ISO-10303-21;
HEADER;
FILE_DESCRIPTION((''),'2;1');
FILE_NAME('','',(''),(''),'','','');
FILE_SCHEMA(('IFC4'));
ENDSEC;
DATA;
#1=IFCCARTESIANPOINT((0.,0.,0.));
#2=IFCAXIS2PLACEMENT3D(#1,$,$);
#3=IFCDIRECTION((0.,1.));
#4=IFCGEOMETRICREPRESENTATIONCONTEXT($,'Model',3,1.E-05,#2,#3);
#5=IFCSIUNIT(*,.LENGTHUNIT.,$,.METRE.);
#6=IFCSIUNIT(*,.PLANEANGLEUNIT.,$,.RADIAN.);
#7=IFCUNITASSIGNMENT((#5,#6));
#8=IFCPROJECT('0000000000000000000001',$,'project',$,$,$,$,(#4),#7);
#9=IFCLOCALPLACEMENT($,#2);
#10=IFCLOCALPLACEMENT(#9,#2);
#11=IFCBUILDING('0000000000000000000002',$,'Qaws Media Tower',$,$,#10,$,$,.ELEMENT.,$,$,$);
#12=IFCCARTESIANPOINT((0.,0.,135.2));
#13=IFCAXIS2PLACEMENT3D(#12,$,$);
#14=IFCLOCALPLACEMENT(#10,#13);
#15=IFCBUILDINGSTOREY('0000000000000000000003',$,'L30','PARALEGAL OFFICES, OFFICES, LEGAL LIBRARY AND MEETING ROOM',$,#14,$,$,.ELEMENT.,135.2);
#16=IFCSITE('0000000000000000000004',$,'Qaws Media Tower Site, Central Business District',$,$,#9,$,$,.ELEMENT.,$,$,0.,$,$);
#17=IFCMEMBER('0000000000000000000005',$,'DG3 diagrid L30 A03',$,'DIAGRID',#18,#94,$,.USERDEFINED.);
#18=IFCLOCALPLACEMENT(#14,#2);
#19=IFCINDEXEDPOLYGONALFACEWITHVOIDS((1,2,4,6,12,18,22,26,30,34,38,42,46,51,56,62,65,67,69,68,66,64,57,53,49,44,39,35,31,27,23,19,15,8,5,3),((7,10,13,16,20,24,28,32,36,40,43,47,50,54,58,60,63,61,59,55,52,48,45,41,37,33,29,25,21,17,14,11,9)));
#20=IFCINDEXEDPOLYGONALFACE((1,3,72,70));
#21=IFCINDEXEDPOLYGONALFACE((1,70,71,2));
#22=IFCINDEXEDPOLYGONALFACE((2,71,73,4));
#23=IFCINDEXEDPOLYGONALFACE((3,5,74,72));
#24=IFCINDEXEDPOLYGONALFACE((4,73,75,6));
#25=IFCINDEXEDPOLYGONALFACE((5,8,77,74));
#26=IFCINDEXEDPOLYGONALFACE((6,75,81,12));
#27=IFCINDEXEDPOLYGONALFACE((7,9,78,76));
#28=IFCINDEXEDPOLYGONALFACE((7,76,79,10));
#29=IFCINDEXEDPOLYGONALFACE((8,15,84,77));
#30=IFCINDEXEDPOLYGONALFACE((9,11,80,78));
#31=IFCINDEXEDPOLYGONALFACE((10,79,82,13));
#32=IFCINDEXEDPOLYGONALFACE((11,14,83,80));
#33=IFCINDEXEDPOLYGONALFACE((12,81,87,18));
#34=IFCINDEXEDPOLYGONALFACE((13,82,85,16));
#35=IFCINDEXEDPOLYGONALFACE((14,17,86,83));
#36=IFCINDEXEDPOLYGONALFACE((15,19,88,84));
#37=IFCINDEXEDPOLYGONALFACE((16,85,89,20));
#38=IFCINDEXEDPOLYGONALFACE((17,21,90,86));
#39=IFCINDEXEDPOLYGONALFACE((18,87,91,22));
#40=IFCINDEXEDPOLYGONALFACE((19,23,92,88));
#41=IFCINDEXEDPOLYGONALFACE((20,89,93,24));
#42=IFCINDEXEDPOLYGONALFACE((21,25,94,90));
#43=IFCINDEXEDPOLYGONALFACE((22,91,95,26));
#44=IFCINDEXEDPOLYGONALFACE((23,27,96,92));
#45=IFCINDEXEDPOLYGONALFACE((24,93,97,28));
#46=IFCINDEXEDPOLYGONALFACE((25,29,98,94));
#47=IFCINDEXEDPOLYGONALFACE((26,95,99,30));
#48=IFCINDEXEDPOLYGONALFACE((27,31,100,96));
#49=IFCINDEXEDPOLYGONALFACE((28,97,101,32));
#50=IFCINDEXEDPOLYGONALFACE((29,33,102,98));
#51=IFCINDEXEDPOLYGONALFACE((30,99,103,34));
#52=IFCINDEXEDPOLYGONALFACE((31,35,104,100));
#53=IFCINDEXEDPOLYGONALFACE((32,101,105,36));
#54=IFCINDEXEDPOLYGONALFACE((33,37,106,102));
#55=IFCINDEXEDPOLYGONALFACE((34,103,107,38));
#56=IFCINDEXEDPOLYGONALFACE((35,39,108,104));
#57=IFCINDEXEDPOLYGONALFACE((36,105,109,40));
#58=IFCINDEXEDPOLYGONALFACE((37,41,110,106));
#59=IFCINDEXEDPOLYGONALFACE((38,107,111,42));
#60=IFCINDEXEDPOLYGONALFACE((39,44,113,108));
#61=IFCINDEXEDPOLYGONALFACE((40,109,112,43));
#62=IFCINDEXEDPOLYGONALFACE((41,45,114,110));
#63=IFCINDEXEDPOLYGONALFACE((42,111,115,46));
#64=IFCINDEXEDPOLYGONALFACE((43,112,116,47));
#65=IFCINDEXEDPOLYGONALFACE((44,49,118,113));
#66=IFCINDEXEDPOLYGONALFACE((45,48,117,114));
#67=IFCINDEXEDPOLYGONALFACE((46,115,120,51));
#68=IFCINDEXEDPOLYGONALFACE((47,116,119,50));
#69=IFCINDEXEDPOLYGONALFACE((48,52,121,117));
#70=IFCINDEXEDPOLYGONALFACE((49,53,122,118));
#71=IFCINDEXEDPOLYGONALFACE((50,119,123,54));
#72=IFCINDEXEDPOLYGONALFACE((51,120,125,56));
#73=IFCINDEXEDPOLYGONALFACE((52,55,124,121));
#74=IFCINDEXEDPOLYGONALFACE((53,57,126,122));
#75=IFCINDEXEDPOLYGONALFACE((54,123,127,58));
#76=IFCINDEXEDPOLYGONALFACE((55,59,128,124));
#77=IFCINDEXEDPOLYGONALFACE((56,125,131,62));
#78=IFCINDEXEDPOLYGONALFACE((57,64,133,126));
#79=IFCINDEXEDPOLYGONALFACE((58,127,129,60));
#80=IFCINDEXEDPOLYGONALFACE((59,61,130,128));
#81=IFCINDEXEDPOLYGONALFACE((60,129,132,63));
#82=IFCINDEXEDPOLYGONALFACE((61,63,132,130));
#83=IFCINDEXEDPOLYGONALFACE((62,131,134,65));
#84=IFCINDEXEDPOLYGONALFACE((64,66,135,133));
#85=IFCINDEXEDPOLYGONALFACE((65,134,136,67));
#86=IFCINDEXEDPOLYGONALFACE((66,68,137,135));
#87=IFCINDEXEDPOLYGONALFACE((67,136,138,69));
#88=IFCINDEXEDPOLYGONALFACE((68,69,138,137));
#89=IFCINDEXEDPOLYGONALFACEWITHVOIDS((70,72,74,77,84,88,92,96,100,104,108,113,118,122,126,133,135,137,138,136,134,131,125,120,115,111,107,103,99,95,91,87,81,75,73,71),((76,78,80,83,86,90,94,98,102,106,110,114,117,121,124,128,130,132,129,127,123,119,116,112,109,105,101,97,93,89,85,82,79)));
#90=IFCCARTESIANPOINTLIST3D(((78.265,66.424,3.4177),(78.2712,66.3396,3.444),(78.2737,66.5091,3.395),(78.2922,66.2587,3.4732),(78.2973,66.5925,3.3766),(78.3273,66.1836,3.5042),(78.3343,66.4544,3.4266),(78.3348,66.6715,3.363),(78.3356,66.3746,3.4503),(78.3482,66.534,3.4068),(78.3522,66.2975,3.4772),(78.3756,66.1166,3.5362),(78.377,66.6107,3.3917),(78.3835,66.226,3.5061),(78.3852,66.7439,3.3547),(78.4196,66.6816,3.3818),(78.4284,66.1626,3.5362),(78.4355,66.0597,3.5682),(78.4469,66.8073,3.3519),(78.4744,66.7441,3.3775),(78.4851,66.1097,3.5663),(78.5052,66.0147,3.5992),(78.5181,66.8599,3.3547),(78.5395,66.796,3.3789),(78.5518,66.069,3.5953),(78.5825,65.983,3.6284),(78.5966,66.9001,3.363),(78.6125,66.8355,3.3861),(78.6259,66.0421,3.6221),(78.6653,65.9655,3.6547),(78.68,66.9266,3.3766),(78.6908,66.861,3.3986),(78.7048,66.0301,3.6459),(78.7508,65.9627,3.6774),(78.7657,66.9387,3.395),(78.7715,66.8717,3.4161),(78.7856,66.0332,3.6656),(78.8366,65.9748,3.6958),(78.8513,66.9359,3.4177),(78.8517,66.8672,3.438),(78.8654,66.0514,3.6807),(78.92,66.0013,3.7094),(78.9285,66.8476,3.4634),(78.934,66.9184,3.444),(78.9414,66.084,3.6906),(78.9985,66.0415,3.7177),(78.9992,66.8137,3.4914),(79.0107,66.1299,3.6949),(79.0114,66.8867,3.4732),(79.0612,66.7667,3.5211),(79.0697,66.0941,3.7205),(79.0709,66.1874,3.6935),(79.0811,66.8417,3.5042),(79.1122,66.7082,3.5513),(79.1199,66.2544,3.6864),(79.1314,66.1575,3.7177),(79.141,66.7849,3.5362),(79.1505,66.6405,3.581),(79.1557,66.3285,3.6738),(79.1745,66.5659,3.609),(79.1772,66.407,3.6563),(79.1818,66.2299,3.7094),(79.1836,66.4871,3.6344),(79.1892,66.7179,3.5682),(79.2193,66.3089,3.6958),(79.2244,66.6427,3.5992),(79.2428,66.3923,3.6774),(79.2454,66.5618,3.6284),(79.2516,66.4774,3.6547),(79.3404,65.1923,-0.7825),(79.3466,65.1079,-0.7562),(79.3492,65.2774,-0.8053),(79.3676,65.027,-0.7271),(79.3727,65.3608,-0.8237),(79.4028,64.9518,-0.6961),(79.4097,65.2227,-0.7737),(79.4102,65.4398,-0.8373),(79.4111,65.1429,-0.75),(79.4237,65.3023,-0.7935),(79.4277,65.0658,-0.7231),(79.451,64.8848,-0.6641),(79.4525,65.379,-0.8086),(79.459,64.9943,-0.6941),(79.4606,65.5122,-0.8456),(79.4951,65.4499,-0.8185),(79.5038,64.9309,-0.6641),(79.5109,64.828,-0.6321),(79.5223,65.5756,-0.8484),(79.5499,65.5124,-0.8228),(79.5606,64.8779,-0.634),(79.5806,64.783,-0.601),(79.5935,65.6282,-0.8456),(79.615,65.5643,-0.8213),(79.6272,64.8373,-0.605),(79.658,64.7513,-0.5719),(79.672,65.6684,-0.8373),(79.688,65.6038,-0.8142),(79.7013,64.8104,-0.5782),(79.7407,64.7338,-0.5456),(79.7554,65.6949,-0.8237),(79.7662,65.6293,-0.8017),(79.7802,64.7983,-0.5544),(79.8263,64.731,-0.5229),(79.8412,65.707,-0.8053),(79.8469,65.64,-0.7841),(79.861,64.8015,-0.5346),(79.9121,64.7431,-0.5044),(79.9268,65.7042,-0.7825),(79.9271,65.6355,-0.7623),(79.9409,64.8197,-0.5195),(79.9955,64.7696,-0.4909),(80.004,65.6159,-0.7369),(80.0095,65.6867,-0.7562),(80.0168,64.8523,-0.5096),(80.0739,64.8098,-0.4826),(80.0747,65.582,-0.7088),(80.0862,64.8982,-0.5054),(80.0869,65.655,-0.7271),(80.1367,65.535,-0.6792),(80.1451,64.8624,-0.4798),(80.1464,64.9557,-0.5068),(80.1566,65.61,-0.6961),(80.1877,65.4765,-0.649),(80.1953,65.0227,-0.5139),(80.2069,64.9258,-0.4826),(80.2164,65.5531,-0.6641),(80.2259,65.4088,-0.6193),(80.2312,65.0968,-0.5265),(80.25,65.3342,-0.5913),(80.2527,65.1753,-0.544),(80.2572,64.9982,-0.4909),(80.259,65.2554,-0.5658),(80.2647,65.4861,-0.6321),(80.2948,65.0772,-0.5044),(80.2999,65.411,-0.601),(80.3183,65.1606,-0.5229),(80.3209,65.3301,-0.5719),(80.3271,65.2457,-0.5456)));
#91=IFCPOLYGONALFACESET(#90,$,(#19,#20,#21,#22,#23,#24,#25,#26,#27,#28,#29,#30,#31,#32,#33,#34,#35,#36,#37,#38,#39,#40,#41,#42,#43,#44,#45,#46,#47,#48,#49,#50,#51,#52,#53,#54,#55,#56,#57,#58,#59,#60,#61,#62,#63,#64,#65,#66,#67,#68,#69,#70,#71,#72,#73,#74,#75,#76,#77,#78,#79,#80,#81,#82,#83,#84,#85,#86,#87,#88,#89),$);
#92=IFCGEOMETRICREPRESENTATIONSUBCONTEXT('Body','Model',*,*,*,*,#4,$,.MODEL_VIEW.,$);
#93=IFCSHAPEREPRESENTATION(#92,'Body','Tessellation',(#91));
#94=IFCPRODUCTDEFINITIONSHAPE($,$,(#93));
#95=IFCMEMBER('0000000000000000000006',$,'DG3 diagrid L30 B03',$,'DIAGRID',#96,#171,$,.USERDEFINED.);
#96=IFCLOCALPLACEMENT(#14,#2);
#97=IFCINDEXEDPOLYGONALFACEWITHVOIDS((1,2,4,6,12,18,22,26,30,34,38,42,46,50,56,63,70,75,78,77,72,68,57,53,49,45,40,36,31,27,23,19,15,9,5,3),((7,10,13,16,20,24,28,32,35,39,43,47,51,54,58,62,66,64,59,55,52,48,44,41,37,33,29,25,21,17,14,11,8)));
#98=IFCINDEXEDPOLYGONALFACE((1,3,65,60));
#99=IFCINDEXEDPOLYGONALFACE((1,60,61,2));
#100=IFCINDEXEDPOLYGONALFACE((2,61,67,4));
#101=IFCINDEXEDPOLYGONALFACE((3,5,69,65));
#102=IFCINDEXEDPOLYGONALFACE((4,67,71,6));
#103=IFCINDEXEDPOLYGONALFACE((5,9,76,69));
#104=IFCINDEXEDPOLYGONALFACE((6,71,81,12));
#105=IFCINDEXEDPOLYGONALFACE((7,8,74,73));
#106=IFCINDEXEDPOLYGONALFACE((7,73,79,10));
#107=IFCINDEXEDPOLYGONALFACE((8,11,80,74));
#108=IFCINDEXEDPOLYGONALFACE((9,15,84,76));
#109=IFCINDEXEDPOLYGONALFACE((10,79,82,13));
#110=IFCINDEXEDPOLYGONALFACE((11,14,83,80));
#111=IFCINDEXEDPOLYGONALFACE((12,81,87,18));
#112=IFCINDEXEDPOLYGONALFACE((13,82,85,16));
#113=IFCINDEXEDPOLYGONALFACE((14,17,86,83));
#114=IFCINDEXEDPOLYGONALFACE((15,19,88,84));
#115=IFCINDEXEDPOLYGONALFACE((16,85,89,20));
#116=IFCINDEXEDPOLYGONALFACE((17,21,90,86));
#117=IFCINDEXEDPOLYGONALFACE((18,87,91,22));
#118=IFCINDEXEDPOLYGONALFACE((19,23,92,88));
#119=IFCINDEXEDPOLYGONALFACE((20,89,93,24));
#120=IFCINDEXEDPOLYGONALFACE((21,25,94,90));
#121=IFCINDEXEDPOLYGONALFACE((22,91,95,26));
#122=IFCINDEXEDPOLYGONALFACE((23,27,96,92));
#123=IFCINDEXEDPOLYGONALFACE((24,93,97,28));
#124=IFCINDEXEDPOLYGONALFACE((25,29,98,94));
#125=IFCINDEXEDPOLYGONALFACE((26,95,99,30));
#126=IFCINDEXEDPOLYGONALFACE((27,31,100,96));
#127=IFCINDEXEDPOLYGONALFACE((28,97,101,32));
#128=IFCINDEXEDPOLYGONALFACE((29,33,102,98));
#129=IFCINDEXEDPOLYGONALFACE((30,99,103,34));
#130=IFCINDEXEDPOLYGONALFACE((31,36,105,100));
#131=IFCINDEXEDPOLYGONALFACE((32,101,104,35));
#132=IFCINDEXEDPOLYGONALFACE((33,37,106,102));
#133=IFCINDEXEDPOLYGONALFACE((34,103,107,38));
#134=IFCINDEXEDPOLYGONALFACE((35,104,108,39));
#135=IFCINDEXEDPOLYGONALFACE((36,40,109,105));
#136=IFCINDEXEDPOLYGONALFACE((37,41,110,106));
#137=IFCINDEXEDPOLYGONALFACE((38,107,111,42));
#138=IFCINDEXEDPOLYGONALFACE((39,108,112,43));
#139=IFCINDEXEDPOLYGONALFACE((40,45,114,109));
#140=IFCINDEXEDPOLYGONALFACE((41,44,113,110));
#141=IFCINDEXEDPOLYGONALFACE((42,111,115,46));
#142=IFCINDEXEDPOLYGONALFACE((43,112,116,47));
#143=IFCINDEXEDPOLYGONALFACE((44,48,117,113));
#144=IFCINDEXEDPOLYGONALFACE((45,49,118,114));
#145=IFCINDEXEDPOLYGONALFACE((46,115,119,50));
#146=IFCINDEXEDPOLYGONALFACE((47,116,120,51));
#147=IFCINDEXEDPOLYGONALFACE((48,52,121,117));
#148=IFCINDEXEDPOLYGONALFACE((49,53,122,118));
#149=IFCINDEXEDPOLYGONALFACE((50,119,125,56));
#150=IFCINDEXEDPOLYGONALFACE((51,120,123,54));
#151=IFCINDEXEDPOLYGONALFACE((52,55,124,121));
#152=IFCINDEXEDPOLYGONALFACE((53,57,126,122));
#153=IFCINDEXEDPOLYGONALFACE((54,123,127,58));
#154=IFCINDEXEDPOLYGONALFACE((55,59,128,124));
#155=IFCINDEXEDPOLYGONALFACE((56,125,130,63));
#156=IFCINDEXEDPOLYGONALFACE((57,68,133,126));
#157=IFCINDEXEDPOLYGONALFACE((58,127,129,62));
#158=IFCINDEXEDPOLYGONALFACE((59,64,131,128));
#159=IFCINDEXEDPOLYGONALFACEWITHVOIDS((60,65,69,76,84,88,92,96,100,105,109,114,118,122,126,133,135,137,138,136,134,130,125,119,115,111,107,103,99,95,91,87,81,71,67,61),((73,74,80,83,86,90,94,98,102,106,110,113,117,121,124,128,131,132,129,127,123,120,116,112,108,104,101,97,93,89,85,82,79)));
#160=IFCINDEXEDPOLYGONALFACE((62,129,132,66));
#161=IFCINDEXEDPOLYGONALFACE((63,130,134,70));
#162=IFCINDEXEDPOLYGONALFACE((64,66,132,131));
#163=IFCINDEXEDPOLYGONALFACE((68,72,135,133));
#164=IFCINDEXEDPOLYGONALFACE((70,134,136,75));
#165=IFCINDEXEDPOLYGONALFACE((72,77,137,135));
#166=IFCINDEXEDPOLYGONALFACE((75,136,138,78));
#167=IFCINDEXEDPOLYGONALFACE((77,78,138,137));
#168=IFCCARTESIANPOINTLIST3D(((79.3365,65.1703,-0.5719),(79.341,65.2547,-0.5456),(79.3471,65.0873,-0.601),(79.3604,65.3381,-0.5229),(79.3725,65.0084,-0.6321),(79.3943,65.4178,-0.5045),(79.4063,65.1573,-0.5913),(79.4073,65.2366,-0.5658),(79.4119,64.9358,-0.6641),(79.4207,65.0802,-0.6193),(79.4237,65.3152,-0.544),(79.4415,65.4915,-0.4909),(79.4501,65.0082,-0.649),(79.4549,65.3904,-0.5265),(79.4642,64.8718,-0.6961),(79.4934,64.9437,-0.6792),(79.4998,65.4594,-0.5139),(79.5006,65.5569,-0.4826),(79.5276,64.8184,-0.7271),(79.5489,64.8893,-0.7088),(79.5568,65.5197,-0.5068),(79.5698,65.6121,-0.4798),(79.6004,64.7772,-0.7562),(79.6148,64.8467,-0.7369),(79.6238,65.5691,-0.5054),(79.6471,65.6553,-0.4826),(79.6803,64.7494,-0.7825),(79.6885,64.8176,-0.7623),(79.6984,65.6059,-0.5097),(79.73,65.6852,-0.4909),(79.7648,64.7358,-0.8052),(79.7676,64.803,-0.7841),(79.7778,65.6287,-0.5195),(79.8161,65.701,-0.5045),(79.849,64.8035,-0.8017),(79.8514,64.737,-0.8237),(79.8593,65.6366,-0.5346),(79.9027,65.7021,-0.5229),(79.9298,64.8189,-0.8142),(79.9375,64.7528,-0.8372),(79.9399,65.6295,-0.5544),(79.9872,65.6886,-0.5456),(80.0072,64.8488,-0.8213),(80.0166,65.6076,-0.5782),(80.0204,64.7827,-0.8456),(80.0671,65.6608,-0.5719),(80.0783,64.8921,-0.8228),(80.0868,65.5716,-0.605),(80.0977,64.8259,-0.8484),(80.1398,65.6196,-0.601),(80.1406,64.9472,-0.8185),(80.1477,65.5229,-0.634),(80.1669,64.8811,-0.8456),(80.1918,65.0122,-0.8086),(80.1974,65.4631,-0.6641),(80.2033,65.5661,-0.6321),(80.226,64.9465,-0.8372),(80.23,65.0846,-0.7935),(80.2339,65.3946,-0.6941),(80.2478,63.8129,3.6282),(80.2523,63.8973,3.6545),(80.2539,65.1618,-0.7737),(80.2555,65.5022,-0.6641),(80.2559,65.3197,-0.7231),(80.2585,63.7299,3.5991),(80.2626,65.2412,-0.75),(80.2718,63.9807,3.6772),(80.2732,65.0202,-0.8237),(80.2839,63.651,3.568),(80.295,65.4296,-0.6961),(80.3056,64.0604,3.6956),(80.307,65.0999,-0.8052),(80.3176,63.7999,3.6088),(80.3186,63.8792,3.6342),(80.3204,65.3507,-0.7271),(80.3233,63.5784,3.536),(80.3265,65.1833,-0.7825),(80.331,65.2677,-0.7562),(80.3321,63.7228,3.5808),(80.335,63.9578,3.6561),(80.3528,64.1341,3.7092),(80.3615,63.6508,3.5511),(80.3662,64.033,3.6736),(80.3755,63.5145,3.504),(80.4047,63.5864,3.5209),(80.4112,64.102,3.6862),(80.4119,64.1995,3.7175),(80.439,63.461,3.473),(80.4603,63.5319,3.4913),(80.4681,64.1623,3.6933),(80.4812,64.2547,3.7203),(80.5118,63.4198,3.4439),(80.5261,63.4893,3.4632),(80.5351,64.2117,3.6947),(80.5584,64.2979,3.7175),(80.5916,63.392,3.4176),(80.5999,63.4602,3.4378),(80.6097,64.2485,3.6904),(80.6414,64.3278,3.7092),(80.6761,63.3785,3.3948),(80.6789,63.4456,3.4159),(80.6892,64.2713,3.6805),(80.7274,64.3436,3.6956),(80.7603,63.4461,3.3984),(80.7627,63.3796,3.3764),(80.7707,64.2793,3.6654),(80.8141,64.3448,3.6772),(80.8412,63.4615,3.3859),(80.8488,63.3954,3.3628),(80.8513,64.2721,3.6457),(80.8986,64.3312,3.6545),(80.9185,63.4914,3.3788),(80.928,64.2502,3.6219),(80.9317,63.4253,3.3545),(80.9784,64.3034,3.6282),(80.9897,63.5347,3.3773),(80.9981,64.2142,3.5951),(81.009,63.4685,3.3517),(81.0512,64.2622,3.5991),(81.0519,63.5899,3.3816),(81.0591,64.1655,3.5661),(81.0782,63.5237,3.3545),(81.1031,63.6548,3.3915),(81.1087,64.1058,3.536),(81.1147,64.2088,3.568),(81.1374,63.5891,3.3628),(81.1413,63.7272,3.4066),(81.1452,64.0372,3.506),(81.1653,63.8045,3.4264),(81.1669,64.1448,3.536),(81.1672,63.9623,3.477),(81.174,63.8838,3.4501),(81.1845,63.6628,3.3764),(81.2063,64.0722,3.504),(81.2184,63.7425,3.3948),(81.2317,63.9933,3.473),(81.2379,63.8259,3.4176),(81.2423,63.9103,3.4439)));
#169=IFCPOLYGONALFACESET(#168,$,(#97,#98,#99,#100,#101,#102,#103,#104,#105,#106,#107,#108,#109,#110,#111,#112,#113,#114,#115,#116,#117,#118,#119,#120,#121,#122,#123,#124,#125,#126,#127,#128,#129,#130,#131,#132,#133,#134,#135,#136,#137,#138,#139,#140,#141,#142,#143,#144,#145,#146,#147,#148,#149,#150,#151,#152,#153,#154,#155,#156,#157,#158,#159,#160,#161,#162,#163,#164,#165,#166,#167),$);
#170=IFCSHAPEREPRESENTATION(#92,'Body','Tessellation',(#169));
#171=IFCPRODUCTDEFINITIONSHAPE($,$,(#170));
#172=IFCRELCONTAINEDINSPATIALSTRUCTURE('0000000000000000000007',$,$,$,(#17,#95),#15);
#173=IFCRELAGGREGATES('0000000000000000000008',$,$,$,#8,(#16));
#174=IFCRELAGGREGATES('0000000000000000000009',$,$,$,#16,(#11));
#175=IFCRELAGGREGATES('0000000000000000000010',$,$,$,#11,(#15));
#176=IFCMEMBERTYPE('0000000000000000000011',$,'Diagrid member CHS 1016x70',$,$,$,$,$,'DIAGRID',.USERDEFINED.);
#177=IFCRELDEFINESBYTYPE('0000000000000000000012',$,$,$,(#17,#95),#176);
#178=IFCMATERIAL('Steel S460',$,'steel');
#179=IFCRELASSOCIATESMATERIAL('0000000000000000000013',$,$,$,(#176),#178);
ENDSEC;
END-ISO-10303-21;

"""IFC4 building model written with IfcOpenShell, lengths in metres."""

from ifc_helpers import new_model, si_unit, direction, frame, origin, origin_2d, place, context, subcontext, project, spatial, hollow_circle, extrude, material, material_profile, profile_set, type_object, element, save


model = new_model("IFC4")

# Units and contexts
model_context = context("Model", 3, precision=1e-05, world=origin(), true_north=direction((0.0, 1.0)))
body_context = subcontext(model_context, "Body", "Model", "MODEL_VIEW")
ifc_project = project(units=[si_unit("LENGTHUNIT", "METRE"), si_unit("PLANEANGLEUNIT", "RADIAN")], contexts=[model_context])

# Site, building, storey
site_placement = place(None, origin())
site = spatial("IfcSite", under=ifc_project, at=site_placement, Name="Qaws Media Tower Site, Central Business District", CompositionType="ELEMENT", RefElevation=0.0)
building_placement = place(site_placement, origin())
building = spatial("IfcBuilding", under=site, at=building_placement, Name="Qaws Media Tower", CompositionType="ELEMENT")
storey_placement = place(building_placement, frame((0.0, 0.0, 135.2)))
storey = spatial("IfcBuildingStorey", under=building, at=storey_placement, Name="L30", Description="PARALEGAL OFFICES, OFFICES, LEGAL LIBRARY AND MEETING ROOM", CompositionType="ELEMENT", Elevation=135.2)

# Members
ifc_material_1 = material(Name="Steel S460", Category="steel")
ifc_material_profile_1 = material_profile(ifc_material_1, hollow_circle(Radius=0.5081, WallThickness=0.0701, at=origin_2d()), Name="CHS 1016x70")
ifc_profile_set_1 = profile_set([ifc_material_profile_1], Name="Steel S460")
member_type_1 = type_object("IfcMemberType", Name="Diagrid member CHS 1016x70", ElementType="DIAGRID", PredefinedType="USERDEFINED", material=ifc_profile_set_1)
for number, where, z_axis, x_axis, name in (
    (1, (79.8337, 65.219, -0.6641), (-0.238602, 0.273269, 0.931876), (-0.75327, -0.657711, 0.0), "DG3 diagrid L30 A03"),
):
    element("IfcMember", number, at=place(storey_placement, frame(where, z_axis=z_axis, x_axis=x_axis)), inside=storey, type_object=member_type_1, Name=name, ObjectType="DIAGRID", PredefinedType="USERDEFINED", context=body_context, shape_type="SweptSolid", body=[
        extrude(hollow_circle(Radius=0.5081, WallThickness=0.0701, at=origin_2d()), origin(), (0.0, 0.0, 1.0), 4.5073),
    ])
for number, where, z_axis, x_axis, name in (
    (2, (79.8337, 65.219, -0.6641), (0.202205, -0.301168, 0.931886), (0.830231, 0.557419, 0.0), "DG3 diagrid L30 B03"),
):
    element("IfcMember", number, at=place(storey_placement, frame(where, z_axis=z_axis, x_axis=x_axis)), inside=storey, type_object=member_type_1, Name=name, ObjectType="DIAGRID", PredefinedType="USERDEFINED", context=body_context, shape_type="SweptSolid", body=[
        extrude(hollow_circle(Radius=0.5081, WallThickness=0.0701, at=origin_2d()), origin(), (0.0, 0.0, 1.0), 4.5071),
    ])

save(model, "model.ifc")
